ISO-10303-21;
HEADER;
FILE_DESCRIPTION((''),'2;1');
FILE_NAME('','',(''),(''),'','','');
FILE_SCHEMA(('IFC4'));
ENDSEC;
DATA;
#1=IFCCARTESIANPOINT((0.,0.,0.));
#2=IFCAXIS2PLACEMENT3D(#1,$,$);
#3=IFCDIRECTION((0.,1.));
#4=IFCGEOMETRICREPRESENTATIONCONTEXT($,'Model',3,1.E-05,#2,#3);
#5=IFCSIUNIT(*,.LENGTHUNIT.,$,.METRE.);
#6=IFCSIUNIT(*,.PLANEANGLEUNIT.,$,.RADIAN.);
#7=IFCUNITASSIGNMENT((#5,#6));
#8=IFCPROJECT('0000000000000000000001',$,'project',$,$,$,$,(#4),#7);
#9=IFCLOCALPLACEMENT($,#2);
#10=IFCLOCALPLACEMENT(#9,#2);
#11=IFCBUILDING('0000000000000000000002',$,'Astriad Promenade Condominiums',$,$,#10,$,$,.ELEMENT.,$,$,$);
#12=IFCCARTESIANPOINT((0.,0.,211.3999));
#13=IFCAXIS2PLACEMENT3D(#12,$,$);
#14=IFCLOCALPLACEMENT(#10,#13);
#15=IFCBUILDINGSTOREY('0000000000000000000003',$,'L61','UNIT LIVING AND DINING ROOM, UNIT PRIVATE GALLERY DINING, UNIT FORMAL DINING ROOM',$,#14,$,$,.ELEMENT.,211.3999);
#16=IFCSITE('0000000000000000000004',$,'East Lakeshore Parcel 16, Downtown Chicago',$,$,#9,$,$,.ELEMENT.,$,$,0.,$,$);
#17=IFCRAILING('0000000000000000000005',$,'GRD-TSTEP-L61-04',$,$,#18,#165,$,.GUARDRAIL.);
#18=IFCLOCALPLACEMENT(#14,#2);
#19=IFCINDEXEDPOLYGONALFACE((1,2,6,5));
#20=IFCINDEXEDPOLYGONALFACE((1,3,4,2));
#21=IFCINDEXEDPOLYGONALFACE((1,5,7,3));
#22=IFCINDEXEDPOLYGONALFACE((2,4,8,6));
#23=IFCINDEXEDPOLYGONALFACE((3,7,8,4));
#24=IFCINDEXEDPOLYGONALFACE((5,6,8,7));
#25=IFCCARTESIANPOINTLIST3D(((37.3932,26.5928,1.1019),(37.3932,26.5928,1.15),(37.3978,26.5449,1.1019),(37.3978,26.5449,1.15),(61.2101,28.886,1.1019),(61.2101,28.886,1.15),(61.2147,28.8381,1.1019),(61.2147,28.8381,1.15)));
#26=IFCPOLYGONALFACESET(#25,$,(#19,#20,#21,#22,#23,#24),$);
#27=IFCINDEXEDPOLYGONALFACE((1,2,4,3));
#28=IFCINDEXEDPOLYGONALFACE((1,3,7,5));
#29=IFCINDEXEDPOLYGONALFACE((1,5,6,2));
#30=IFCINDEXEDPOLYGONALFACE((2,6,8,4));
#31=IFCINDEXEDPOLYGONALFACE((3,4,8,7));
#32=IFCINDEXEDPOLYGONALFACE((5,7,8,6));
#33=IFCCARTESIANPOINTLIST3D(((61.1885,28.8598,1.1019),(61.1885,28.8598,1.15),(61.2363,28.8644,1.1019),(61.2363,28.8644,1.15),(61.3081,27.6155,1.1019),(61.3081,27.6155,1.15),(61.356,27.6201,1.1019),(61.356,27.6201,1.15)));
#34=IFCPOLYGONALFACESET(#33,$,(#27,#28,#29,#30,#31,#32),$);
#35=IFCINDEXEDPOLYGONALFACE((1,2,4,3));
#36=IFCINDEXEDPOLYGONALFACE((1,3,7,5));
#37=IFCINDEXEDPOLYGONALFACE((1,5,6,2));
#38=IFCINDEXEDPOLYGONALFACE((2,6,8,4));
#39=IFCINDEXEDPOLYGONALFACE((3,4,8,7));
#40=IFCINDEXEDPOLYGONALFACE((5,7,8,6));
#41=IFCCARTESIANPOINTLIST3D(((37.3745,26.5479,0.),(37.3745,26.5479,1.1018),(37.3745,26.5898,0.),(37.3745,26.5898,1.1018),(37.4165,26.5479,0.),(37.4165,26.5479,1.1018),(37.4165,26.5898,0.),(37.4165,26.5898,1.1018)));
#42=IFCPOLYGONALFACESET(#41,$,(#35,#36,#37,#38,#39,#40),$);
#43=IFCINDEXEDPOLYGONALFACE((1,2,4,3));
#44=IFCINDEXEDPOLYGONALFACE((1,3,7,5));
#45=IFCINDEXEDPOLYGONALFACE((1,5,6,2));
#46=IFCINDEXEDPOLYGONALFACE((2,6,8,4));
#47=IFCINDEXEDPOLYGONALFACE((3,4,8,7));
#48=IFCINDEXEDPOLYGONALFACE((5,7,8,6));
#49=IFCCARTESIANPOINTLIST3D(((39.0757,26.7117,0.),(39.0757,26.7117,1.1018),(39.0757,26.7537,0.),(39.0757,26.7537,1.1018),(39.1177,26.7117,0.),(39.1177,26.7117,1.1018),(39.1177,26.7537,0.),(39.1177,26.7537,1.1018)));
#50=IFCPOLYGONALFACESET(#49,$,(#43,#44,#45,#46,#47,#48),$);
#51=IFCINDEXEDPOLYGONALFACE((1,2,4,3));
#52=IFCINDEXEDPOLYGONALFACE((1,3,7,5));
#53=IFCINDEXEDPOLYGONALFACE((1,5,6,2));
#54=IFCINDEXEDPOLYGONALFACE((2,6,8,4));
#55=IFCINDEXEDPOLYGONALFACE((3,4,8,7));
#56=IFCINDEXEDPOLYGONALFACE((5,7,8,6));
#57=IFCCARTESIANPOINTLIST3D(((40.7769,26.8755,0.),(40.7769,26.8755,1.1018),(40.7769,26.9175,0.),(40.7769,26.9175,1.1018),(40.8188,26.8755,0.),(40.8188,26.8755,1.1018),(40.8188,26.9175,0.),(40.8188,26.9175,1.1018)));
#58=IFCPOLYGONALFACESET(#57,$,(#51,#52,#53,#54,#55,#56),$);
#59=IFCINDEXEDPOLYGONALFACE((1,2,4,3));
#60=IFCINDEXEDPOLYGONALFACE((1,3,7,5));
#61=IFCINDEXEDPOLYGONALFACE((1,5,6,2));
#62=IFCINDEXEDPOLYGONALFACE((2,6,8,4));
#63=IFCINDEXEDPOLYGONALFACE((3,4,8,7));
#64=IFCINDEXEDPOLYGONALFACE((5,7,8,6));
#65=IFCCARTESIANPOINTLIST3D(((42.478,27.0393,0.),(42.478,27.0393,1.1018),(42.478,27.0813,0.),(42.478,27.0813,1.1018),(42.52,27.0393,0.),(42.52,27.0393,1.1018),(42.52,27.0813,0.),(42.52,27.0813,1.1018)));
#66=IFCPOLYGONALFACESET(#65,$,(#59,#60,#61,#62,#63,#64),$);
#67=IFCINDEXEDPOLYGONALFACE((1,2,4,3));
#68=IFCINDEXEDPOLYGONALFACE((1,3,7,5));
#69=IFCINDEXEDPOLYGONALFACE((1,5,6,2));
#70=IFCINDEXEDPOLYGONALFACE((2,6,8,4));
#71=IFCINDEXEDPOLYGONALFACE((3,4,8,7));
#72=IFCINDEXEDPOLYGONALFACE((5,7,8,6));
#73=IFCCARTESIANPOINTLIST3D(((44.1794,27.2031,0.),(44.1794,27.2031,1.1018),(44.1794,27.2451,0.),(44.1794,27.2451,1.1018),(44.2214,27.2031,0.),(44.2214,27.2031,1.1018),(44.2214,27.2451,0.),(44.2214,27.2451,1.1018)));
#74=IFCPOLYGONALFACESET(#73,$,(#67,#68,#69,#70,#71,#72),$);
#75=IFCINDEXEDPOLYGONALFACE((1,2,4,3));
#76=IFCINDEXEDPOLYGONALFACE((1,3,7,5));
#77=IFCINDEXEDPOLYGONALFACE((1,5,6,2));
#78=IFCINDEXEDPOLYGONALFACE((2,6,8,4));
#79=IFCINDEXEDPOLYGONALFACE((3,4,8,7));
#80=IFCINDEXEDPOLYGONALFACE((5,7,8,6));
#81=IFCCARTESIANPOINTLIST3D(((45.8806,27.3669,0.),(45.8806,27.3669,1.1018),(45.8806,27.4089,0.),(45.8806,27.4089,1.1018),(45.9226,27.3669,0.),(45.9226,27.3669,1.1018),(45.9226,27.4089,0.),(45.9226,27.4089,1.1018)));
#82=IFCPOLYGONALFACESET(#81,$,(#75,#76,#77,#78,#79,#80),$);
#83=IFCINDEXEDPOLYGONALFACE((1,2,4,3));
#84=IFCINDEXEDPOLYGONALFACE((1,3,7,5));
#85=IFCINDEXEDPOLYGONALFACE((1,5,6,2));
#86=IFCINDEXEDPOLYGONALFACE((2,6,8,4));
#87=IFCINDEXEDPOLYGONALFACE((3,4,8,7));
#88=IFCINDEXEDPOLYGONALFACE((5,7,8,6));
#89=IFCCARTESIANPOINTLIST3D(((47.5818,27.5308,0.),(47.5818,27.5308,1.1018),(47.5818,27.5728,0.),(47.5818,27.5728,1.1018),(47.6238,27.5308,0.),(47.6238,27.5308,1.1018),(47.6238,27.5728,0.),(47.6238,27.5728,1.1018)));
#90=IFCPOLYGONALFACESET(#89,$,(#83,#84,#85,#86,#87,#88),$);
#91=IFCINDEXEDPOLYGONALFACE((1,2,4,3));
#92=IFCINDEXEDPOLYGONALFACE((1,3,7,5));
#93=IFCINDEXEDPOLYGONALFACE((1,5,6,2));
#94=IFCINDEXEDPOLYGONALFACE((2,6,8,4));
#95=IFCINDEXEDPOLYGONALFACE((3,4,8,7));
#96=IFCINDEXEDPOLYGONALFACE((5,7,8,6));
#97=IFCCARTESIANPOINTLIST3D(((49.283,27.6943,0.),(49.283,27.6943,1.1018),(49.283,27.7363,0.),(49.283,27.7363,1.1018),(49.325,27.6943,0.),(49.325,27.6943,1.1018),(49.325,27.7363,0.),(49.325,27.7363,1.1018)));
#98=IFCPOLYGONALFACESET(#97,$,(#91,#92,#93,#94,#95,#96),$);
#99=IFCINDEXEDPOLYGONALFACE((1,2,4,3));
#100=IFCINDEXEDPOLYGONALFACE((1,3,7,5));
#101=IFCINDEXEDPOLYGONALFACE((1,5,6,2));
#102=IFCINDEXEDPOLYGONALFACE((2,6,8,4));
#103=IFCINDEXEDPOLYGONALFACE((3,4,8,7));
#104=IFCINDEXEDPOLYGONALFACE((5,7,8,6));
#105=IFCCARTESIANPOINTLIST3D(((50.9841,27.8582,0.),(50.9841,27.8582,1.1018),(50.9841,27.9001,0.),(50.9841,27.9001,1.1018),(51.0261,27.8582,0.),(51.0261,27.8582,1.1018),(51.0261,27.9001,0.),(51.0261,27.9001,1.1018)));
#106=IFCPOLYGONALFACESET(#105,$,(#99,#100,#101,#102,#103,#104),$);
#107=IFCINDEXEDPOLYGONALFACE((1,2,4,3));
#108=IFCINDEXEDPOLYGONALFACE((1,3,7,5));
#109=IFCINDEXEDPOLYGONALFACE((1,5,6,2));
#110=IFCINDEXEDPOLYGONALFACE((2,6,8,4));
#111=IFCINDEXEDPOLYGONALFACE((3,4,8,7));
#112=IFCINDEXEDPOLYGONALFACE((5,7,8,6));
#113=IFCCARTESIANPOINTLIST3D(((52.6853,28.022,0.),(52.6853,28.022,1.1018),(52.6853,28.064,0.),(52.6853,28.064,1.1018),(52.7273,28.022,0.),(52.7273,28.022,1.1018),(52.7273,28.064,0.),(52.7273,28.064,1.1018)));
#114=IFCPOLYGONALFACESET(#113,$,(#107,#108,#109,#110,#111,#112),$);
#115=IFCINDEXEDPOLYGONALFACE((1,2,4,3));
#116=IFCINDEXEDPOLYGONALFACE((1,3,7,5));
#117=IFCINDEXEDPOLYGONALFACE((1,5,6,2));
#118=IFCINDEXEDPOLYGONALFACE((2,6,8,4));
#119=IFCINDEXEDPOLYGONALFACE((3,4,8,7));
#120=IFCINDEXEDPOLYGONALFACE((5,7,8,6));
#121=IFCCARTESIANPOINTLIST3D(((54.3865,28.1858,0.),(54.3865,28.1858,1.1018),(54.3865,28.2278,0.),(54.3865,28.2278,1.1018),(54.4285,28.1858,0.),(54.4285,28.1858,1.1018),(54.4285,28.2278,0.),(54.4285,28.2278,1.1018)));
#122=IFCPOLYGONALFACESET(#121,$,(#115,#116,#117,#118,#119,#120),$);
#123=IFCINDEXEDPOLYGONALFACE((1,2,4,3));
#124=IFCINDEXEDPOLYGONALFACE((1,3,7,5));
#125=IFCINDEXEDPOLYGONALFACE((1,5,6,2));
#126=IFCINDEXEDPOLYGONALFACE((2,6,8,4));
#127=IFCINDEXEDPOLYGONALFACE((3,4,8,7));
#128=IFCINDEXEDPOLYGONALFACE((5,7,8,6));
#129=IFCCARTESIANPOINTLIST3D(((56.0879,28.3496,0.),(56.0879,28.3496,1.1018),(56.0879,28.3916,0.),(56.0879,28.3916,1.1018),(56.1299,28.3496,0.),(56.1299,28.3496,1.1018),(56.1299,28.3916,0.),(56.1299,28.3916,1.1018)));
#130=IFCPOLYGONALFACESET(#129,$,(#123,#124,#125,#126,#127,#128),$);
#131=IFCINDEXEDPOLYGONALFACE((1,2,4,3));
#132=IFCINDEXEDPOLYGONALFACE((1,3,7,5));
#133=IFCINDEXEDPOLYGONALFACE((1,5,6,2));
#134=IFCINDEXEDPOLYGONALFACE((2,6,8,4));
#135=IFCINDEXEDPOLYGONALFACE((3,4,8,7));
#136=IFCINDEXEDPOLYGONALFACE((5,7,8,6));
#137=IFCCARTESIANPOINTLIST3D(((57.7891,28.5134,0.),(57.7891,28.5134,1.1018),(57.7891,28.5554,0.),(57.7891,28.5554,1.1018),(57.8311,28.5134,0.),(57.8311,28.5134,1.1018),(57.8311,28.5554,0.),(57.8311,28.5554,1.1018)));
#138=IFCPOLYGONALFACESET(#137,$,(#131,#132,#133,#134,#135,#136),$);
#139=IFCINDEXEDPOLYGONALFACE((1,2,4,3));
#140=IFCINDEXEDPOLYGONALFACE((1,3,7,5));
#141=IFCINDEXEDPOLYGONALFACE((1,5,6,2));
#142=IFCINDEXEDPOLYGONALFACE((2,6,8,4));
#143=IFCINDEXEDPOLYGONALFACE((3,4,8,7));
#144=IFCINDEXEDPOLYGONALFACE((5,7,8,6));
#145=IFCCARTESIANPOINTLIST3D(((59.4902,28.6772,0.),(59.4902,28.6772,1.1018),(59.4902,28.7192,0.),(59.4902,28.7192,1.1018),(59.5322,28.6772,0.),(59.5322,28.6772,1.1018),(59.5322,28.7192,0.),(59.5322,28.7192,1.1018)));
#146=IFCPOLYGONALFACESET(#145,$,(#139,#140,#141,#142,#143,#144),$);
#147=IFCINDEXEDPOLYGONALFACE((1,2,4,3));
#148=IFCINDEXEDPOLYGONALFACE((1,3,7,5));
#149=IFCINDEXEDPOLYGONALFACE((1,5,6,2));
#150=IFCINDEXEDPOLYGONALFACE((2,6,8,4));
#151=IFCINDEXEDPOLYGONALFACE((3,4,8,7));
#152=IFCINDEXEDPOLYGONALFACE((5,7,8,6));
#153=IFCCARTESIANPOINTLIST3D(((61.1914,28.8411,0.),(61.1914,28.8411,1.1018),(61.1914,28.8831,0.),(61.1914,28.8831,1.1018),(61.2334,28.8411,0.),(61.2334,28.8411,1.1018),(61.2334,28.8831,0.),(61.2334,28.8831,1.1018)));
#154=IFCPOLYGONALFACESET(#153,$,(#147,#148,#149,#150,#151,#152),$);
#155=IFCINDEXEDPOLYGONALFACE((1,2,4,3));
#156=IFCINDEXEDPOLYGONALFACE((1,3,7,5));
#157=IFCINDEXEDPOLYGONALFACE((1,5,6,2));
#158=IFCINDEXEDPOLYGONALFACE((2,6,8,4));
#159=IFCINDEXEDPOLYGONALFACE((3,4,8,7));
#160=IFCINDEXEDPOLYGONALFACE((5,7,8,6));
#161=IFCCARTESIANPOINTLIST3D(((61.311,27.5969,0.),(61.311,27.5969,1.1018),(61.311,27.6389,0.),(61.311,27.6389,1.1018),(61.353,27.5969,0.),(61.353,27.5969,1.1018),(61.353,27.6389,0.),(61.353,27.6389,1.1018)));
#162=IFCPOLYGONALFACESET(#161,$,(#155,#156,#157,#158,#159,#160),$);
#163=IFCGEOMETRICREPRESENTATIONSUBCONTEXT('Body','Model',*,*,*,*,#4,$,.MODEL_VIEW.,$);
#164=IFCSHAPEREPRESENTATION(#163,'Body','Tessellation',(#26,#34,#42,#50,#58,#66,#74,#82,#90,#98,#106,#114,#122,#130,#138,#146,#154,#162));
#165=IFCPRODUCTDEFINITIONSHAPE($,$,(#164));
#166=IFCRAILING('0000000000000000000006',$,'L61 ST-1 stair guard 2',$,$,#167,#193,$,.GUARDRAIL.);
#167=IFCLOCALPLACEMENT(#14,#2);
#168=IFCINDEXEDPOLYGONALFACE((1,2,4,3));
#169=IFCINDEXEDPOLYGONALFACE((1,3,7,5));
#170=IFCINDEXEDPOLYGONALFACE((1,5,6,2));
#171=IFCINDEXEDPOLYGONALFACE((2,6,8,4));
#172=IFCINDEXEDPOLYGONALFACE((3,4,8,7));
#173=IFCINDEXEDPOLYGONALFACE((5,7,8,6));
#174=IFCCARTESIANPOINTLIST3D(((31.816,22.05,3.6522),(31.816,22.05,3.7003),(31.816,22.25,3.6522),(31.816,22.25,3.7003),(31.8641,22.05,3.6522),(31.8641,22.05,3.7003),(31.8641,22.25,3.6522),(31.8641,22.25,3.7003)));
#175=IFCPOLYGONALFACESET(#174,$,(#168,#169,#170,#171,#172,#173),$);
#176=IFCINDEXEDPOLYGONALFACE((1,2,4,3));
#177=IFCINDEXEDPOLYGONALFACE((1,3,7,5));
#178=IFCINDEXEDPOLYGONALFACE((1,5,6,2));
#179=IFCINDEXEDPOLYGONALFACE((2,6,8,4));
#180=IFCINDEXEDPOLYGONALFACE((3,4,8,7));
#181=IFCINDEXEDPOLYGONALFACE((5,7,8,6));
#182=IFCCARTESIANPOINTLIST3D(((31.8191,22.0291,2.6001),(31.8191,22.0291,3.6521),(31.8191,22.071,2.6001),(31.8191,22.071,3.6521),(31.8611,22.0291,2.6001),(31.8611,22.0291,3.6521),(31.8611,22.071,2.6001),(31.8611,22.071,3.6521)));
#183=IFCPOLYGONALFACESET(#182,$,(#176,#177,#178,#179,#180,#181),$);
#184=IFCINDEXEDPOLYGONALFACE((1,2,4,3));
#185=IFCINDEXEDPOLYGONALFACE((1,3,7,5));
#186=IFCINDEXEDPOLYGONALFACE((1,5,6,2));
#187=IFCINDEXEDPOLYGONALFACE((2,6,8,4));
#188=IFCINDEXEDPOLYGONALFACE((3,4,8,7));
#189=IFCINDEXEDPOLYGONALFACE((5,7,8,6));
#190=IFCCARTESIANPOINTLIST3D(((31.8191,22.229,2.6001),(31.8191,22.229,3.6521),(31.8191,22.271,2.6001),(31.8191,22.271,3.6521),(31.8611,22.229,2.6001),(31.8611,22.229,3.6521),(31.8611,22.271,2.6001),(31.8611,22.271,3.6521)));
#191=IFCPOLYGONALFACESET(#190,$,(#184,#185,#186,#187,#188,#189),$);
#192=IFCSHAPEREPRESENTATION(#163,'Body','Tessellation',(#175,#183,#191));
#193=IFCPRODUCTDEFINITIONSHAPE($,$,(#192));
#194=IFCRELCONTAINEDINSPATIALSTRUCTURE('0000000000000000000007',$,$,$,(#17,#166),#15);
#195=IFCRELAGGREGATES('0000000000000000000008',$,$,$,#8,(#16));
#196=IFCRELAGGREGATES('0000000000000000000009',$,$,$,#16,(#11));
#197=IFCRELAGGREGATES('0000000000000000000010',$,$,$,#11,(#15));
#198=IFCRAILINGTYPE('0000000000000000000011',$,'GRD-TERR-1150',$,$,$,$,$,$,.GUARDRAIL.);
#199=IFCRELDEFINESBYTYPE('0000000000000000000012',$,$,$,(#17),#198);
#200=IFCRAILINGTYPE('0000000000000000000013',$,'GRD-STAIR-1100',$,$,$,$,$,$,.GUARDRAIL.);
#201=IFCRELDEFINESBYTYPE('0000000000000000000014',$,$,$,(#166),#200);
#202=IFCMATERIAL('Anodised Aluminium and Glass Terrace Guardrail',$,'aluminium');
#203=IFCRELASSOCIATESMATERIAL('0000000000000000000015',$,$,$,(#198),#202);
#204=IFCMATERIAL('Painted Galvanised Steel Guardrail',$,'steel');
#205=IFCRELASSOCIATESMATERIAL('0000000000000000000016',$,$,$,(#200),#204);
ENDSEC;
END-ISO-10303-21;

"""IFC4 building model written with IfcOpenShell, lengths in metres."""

from ifc_helpers import new_model, si_unit, direction, frame, origin, origin_2d, place, context, subcontext, project, spatial, rectangle, extrude, source, transform, mapped, material, type_object, type_shapes, element, save


model = new_model("IFC4")

# Units and contexts
model_context = context("Model", 3, precision=1e-05, world=origin(), true_north=direction((0.0, 1.0)))
body_context = subcontext(model_context, "Body", "Model", "MODEL_VIEW")
ifc_project = project(units=[si_unit("LENGTHUNIT", "METRE"), si_unit("PLANEANGLEUNIT", "RADIAN")], contexts=[model_context])

# Site, building, storey
site_placement = place(None, origin())
site = spatial("IfcSite", under=ifc_project, at=site_placement, Name="East Lakeshore Parcel 16, Downtown Chicago", CompositionType="ELEMENT", RefElevation=0.0)
building_placement = place(site_placement, origin())
building = spatial("IfcBuilding", under=site, at=building_placement, Name="Astriad Promenade Condominiums", CompositionType="ELEMENT")
storey_placement = place(building_placement, frame((0.0, 0.0, 211.3999)))
storey = spatial("IfcBuildingStorey", under=building, at=storey_placement, Name="L61", Description="UNIT LIVING AND DINING ROOM, UNIT PRIVATE GALLERY DINING, UNIT FORMAL DINING ROOM", CompositionType="ELEMENT", Elevation=211.3999)

# Railings
ifc_material_1 = material(Name="Anodised Aluminium and Glass Terrace Guardrail", Category="aluminium")
railing_type_1 = type_object("IfcRailingType", Name="GRD-TERR-1150", PredefinedType="GUARDRAIL", material=ifc_material_1)
shared_shape_1 = source(origin(), body_context, "Body", "SweptSolid", [
    extrude(rectangle(XDim=0.0481, YDim=0.0481, at=origin_2d()), frame((0.0, 0.0, 1.126), z_axis=(0.995397, 0.095842, 0.0), x_axis=(-0.095842, 0.995397, 0.0)), (0.0, 0.0, 1.0), 23.927),
    extrude(rectangle(XDim=0.0481, YDim=0.0481, at=origin_2d()), frame((23.8169, 2.2932, 1.126), z_axis=(0.095712, -0.995409, 0.0), x_axis=(0.995409, 0.095712, 0.0)), (0.0, 0.0, 1.0), 1.25),
    extrude(rectangle(XDim=0.042, YDim=0.042, at=origin_2d()), origin(), (0.0, 0.0, 1.0), 1.1018),
    extrude(rectangle(XDim=0.042, YDim=0.042, at=origin_2d()), frame((1.7012, 0.1638, 0.0)), (0.0, 0.0, 1.0), 1.1018),
    extrude(rectangle(XDim=0.042, YDim=0.042, at=origin_2d()), frame((3.4023, 0.3276, 0.0)), (0.0, 0.0, 1.0), 1.1018),
    extrude(rectangle(XDim=0.042, YDim=0.042, at=origin_2d()), frame((5.1035, 0.4915, 0.0)), (0.0, 0.0, 1.0), 1.1018),
    extrude(rectangle(XDim=0.042, YDim=0.042, at=origin_2d()), frame((6.8049, 0.6553, 0.0)), (0.0, 0.0, 1.0), 1.1018),
    extrude(rectangle(XDim=0.042, YDim=0.042, at=origin_2d()), frame((8.5061, 0.8191, 0.0)), (0.0, 0.0, 1.0), 1.1018),
    extrude(rectangle(XDim=0.042, YDim=0.042, at=origin_2d()), frame((10.2073, 0.9829, 0.0)), (0.0, 0.0, 1.0), 1.1018),
    extrude(rectangle(XDim=0.042, YDim=0.042, at=origin_2d()), frame((11.9084, 1.1465, 0.0)), (0.0, 0.0, 1.0), 1.1018),
    extrude(rectangle(XDim=0.042, YDim=0.042, at=origin_2d()), frame((13.6096, 1.3103, 0.0)), (0.0, 0.0, 1.0), 1.1018),
    extrude(rectangle(XDim=0.042, YDim=0.042, at=origin_2d()), frame((15.3108, 1.4741, 0.0)), (0.0, 0.0, 1.0), 1.1018),
    extrude(rectangle(XDim=0.042, YDim=0.042, at=origin_2d()), frame((17.012, 1.6379, 0.0)), (0.0, 0.0, 1.0), 1.1018),
    extrude(rectangle(XDim=0.042, YDim=0.042, at=origin_2d()), frame((18.7134, 1.8018, 0.0)), (0.0, 0.0, 1.0), 1.1018),
    extrude(rectangle(XDim=0.042, YDim=0.042, at=origin_2d()), frame((20.4146, 1.9656, 0.0)), (0.0, 0.0, 1.0), 1.1018),
    extrude(rectangle(XDim=0.042, YDim=0.042, at=origin_2d()), frame((22.1157, 2.1294, 0.0)), (0.0, 0.0, 1.0), 1.1018),
    extrude(rectangle(XDim=0.042, YDim=0.042, at=origin_2d()), frame((23.8169, 2.2932, 0.0)), (0.0, 0.0, 1.0), 1.1018),
    extrude(rectangle(XDim=0.042, YDim=0.042, at=origin_2d()), frame((23.9365, 1.0491, 0.0)), (0.0, 0.0, 1.0), 1.1018),
])
type_shapes(railing_type_1, [shared_shape_1])
railing_1_placement = place(storey_placement, frame((37.3955, 26.5688, 0.0)))
element("IfcRailing", 1, at=railing_1_placement, inside=storey, type_object=railing_type_1, Name="GRD-TSTEP-L61-04", PredefinedType="GUARDRAIL", context=body_context, shape_type="MappedRepresentation", body=[
    mapped(shared_shape_1, transform((0.0, 0.0, 0.0), scale=1.0)),
])
ifc_material_2 = material(Name="Painted Galvanised Steel Guardrail", Category="steel")
railing_type_2 = type_object("IfcRailingType", Name="GRD-STAIR-1100", PredefinedType="GUARDRAIL", material=ifc_material_2)
shared_shape_2 = source(origin(), body_context, "Body", "SweptSolid", [
    extrude(rectangle(XDim=0.0481, YDim=0.0481, at=origin_2d()), frame((0.0, 0.0, 1.0762), z_axis=(0.0, 1.0, 0.0), x_axis=(-1.0, 0.0, 0.0)), (0.0, 0.0, 1.0), 0.2),
    extrude(rectangle(XDim=0.042, YDim=0.042, at=origin_2d()), origin(), (0.0, 0.0, 1.0), 1.052),
    extrude(rectangle(XDim=0.042, YDim=0.042, at=origin_2d()), frame((0.0, 0.2, 0.0)), (0.0, 0.0, 1.0), 1.052),
])
railing_2_placement = place(storey_placement, frame((31.8401, 22.05, 2.6001)))
element("IfcRailing", 2, at=railing_2_placement, inside=storey, type_object=railing_type_2, Name="L61 ST-1 stair guard 2", PredefinedType="GUARDRAIL", context=body_context, shape_type="MappedRepresentation", body=[
    mapped(shared_shape_2, transform((0.0, 0.0, 0.0), scale=1.0)),
])

save(model, "model.ifc")
